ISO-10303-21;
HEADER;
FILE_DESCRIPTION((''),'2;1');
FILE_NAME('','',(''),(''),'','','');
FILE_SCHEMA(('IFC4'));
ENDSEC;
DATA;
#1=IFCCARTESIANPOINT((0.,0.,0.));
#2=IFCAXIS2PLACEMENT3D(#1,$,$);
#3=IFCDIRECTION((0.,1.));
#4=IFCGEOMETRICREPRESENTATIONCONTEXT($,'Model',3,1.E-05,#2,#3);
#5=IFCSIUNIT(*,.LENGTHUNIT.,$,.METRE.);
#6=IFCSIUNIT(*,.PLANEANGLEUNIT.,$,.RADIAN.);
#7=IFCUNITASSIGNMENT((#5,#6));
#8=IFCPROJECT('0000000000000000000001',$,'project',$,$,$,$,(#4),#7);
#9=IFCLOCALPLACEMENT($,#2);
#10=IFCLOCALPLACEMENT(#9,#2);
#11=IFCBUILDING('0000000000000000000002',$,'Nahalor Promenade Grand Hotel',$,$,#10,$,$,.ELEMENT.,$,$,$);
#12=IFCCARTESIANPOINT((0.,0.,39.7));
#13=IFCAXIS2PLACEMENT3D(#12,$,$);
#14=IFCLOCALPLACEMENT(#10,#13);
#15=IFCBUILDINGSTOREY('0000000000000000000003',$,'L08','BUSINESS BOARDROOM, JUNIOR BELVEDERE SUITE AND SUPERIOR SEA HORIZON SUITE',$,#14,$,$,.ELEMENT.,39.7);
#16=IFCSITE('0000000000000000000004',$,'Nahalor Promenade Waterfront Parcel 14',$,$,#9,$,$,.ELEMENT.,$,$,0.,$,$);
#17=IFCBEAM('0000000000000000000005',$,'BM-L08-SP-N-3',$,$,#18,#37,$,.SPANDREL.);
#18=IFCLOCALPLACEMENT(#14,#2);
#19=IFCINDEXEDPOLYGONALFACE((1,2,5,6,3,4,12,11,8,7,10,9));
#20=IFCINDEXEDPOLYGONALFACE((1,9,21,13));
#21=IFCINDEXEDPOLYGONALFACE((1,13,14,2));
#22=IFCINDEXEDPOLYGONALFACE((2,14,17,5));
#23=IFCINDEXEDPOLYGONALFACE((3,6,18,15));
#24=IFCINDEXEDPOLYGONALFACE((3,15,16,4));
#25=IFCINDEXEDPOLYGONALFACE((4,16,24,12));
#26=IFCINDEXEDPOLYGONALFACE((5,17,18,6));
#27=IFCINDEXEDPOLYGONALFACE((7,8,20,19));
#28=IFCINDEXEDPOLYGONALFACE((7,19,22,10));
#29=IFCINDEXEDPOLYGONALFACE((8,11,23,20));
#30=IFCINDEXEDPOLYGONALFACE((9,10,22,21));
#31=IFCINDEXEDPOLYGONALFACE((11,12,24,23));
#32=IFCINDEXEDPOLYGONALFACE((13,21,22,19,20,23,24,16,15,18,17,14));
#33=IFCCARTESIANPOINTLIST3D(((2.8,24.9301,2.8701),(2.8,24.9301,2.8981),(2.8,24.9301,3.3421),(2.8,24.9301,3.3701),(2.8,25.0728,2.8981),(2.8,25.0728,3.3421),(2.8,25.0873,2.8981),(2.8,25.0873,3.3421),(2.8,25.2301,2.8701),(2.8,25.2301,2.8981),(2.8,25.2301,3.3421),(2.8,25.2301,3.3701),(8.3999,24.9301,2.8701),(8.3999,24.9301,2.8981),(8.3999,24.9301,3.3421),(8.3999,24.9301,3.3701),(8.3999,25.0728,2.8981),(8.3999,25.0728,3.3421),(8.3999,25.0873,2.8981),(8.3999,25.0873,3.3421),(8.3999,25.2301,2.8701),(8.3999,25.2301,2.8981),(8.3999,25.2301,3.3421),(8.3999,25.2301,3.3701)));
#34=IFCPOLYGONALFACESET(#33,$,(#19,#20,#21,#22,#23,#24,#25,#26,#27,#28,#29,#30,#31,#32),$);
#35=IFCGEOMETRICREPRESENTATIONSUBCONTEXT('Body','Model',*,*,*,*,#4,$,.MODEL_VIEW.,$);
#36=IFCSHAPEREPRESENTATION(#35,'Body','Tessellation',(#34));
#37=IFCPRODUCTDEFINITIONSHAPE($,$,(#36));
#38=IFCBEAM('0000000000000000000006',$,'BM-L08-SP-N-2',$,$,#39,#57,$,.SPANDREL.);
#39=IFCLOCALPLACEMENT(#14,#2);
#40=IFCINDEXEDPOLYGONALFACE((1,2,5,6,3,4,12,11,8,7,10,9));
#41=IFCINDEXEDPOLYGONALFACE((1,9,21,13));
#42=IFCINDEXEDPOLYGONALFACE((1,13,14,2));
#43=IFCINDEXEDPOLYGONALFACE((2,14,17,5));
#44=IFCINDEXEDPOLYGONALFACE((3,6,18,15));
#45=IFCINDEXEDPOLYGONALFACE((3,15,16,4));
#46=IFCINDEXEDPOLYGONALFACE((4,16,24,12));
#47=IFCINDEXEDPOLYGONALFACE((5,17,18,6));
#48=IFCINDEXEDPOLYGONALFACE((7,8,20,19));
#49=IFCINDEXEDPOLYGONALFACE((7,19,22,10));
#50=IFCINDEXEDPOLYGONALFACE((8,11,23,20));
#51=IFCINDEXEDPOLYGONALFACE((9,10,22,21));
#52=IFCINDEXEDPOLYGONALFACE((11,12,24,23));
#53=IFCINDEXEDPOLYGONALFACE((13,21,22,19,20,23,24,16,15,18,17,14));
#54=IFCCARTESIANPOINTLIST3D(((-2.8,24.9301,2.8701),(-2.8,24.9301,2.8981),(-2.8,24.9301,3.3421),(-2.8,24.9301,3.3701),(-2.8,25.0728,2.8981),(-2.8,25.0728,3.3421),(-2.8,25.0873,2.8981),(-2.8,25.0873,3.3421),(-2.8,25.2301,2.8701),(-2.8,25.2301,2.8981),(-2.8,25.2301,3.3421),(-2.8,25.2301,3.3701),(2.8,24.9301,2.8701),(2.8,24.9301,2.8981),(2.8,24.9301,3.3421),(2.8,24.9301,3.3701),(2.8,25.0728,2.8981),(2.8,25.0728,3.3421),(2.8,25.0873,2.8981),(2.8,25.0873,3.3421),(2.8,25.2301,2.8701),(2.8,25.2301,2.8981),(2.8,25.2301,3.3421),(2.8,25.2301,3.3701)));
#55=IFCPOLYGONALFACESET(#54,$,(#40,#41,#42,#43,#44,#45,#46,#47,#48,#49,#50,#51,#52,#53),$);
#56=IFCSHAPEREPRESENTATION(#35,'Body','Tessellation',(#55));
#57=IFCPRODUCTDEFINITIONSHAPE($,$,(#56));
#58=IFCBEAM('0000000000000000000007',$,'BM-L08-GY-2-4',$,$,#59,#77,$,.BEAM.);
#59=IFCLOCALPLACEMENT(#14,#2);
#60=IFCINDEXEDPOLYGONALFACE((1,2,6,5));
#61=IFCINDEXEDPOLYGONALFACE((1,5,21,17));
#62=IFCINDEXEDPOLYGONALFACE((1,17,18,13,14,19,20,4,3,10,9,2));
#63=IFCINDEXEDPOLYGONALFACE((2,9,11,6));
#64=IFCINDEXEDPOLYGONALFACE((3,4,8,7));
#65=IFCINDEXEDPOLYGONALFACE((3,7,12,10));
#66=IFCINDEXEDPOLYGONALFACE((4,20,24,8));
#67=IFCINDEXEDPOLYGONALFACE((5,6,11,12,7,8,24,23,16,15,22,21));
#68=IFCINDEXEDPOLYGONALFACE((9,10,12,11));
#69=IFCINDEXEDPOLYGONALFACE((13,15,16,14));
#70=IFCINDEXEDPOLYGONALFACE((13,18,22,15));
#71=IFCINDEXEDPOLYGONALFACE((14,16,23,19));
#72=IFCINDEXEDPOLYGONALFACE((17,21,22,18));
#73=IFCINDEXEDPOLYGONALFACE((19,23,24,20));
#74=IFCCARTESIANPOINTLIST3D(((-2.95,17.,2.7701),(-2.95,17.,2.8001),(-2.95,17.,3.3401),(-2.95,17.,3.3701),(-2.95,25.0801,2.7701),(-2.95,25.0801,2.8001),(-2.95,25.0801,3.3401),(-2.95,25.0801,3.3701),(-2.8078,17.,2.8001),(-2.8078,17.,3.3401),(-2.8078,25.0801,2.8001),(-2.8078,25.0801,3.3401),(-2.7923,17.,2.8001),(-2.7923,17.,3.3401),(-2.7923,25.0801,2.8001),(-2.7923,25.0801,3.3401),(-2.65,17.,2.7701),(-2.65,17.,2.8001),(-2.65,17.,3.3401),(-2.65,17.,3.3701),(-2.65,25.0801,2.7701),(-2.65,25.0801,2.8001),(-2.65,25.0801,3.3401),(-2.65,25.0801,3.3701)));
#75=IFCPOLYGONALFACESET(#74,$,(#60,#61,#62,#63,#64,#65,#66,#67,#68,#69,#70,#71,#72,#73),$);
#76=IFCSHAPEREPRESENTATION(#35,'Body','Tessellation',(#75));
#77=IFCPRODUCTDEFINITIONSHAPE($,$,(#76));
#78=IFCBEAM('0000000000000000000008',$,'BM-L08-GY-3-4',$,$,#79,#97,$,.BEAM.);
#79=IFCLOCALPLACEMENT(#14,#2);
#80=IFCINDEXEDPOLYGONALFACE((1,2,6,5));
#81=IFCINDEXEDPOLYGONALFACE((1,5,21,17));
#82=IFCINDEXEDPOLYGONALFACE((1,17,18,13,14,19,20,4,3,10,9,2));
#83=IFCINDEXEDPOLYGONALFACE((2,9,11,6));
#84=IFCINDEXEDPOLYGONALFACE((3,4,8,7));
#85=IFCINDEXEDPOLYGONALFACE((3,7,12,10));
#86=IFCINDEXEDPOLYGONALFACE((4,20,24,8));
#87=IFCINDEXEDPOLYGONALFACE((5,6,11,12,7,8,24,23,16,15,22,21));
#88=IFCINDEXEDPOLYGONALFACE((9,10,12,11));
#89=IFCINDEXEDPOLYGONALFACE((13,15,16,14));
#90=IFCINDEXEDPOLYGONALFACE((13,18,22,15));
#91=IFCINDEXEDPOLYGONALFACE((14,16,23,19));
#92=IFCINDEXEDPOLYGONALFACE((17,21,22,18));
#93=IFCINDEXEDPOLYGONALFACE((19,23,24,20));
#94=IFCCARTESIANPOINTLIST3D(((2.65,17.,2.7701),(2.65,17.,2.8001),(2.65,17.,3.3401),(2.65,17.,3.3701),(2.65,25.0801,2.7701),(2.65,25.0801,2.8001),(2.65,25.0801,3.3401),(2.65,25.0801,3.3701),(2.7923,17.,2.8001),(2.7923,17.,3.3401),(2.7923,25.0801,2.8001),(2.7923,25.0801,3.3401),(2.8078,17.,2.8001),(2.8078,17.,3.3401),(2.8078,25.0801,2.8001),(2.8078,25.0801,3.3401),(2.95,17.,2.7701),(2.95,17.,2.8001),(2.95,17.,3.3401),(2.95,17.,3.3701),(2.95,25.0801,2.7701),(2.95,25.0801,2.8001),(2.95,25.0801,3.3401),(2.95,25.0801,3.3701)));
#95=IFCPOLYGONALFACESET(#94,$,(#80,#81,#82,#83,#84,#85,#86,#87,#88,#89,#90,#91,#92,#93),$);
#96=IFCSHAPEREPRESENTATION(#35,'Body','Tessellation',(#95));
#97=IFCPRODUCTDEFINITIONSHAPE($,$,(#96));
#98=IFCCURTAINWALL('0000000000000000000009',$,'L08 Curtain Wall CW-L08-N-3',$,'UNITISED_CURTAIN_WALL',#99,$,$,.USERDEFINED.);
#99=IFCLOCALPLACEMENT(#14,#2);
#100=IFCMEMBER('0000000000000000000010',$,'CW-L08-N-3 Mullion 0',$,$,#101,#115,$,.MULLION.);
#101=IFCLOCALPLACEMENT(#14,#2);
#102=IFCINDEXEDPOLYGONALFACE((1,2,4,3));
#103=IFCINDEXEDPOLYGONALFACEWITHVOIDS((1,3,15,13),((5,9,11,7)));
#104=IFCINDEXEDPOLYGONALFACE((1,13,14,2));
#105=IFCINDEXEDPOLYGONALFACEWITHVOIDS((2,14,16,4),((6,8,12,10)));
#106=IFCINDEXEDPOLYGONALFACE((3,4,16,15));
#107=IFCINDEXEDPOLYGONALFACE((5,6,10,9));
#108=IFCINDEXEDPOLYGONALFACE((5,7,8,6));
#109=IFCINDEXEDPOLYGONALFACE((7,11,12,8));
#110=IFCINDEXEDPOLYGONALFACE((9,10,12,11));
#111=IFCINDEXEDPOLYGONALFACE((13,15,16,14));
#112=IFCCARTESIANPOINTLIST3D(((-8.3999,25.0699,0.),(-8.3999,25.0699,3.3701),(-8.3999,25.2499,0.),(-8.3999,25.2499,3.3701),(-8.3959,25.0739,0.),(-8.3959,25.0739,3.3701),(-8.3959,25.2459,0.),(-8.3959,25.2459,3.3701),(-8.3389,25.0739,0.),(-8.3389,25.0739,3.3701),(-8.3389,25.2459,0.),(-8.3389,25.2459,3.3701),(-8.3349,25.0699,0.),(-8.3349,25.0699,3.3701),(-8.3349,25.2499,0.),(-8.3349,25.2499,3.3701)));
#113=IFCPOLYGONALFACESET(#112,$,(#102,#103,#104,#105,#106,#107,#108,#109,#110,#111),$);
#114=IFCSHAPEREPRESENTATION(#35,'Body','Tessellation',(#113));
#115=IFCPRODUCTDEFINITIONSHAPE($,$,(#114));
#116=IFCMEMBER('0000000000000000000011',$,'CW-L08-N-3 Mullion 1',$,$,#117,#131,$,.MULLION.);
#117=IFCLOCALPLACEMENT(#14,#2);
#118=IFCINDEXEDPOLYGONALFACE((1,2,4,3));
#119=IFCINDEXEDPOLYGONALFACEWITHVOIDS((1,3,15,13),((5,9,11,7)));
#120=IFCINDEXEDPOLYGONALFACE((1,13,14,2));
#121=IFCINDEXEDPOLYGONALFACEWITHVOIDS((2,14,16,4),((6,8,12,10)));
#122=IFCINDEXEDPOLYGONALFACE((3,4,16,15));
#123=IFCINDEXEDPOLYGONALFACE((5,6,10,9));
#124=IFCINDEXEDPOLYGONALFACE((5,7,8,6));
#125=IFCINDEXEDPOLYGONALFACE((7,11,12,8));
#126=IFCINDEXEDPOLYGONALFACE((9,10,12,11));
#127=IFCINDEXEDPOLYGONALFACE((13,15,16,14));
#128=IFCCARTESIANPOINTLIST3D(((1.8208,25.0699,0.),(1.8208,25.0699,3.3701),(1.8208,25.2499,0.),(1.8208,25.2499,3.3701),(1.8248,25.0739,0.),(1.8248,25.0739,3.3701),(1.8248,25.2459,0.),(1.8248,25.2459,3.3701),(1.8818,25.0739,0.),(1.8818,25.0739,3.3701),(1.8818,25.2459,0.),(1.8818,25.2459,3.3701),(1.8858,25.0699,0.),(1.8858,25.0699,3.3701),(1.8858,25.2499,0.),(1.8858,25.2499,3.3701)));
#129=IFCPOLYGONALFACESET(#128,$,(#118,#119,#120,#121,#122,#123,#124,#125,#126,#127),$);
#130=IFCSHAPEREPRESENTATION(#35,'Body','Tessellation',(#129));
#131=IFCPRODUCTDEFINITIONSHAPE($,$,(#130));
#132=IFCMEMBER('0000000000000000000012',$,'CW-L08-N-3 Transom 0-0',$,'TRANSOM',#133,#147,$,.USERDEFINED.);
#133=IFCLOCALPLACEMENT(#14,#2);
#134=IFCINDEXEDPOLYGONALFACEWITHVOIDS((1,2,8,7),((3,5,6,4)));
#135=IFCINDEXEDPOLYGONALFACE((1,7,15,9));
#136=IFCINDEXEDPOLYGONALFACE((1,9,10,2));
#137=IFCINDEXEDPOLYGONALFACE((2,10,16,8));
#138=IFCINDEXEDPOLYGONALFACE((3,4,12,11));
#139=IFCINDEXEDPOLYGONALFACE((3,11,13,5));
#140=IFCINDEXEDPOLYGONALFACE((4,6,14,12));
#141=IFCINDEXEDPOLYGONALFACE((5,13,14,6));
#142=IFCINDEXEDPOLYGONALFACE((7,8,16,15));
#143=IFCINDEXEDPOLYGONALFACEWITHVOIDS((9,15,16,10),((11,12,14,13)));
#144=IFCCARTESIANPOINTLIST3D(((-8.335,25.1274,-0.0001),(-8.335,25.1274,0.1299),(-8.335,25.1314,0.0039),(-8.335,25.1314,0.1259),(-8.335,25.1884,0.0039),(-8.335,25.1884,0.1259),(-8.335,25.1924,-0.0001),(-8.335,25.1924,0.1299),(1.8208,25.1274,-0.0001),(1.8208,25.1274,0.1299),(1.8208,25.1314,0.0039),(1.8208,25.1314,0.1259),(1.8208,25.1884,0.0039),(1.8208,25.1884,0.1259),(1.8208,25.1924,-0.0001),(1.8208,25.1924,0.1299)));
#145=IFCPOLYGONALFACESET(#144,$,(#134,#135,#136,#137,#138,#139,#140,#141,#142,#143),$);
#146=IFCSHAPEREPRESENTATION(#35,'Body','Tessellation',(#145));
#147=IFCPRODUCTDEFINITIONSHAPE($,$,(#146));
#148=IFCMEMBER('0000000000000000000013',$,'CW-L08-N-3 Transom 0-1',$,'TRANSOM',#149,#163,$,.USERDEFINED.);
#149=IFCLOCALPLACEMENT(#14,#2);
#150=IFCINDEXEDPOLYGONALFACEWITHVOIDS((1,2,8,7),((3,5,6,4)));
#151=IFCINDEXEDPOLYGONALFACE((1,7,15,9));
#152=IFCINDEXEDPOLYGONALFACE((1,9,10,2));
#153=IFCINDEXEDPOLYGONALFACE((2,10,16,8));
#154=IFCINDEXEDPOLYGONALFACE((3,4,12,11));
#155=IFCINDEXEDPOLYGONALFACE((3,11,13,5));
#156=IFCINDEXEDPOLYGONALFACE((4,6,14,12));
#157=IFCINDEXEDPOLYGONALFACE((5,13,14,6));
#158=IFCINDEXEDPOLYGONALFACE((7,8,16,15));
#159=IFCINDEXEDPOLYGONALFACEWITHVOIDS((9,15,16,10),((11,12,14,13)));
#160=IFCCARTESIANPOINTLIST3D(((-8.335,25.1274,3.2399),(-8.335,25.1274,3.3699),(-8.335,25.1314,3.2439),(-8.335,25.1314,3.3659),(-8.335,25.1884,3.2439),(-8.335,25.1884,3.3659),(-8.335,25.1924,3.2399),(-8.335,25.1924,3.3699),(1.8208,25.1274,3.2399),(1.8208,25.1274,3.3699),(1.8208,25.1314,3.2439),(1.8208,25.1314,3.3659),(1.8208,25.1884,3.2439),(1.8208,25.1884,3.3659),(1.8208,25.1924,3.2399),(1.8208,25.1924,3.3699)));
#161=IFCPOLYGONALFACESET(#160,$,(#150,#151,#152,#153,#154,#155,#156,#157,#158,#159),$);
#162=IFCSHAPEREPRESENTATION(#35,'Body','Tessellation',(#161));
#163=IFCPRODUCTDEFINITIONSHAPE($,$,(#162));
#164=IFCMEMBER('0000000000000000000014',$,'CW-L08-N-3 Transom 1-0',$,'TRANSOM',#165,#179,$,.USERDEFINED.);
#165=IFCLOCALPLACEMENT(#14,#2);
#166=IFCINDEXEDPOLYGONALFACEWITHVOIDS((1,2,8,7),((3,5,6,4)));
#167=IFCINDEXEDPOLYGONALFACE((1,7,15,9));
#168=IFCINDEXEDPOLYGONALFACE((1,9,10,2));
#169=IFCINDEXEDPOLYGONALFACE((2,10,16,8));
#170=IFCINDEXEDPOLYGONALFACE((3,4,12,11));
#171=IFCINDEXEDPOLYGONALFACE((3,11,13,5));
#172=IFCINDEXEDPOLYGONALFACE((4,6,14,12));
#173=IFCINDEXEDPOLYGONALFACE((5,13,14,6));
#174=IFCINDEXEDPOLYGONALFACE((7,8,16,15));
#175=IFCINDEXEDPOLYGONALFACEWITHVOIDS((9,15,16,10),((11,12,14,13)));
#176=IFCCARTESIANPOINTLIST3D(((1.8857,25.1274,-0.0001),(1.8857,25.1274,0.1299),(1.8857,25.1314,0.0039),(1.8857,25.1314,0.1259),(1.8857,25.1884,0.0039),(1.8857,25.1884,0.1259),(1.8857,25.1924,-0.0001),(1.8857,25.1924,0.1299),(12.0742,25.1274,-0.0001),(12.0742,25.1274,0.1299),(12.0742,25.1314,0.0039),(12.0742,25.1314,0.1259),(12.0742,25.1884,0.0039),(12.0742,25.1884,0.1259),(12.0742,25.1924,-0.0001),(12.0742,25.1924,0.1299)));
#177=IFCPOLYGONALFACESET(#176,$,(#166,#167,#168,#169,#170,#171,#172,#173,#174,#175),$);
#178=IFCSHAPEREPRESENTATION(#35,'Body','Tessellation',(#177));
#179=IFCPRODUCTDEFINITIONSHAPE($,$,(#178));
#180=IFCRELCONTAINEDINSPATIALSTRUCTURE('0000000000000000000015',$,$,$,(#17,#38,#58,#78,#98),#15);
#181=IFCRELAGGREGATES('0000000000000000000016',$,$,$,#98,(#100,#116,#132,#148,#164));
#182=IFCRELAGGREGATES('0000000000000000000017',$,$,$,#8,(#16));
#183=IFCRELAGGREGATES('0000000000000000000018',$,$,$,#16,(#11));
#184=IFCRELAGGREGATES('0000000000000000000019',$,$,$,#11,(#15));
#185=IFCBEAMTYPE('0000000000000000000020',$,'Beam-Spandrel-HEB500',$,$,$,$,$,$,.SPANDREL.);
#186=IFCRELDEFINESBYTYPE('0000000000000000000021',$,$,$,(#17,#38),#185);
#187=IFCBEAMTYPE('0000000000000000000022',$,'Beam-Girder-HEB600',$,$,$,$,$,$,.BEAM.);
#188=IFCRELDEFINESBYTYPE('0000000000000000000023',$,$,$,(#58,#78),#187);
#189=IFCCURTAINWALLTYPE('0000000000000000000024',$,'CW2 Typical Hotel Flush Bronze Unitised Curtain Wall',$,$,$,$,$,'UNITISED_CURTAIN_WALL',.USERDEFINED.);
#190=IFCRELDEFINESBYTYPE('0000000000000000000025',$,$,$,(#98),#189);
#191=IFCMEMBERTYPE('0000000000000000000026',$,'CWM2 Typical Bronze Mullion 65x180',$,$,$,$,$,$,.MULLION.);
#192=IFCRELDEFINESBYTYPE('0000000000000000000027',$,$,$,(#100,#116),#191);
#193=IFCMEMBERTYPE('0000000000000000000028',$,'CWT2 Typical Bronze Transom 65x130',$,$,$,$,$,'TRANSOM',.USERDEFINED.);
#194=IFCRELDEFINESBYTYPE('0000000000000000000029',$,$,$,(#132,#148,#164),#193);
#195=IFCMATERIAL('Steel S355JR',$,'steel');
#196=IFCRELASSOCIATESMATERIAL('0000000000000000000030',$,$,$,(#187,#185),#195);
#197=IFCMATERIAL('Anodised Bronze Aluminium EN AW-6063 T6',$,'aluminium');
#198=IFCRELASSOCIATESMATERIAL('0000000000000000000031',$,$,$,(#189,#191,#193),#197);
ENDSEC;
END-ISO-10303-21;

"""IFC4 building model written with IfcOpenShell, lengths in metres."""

from ifc_helpers import new_model, si_unit, direction, frame, origin, origin_2d, place, context, subcontext, project, spatial, hollow_rectangle, i_section, extrude, source, transform, mapped, material, material_profile, profile_set, type_object, element, aggregate, save


model = new_model("IFC4")

# Units and contexts
model_context = context("Model", 3, precision=1e-05, world=origin(), true_north=direction((0.0, 1.0)))
body_context = subcontext(model_context, "Body", "Model", "MODEL_VIEW")
ifc_project = project(units=[si_unit("LENGTHUNIT", "METRE"), si_unit("PLANEANGLEUNIT", "RADIAN")], contexts=[model_context])

# Site, building, storey
site_placement = place(None, origin())
site = spatial("IfcSite", under=ifc_project, at=site_placement, Name="Nahalor Promenade Waterfront Parcel 14", CompositionType="ELEMENT", RefElevation=0.0)
building_placement = place(site_placement, origin())
building = spatial("IfcBuilding", under=site, at=building_placement, Name="Nahalor Promenade Grand Hotel", CompositionType="ELEMENT")
storey_placement = place(building_placement, frame((0.0, 0.0, 39.7)))
storey = spatial("IfcBuildingStorey", under=building, at=storey_placement, Name="L08", Description="BUSINESS BOARDROOM, JUNIOR BELVEDERE SUITE AND SUPERIOR SEA HORIZON SUITE", CompositionType="ELEMENT", Elevation=39.7)

# Beams
ifc_material_1 = material(Name="Steel S355JR", Category="steel")
ifc_material_profile_1 = material_profile(ifc_material_1, i_section(OverallWidth=0.3, OverallDepth=0.6, WebThickness=0.0155, FlangeThickness=0.03, at=origin_2d()), Name="HEB 600")
ifc_profile_set_1 = profile_set([ifc_material_profile_1], Name="Steel S355JR")
beam_type_1 = type_object("IfcBeamType", Name="Beam-Girder-HEB600", PredefinedType="BEAM", material=ifc_profile_set_1)
ifc_material_profile_2 = material_profile(ifc_material_1, i_section(OverallWidth=0.3, OverallDepth=0.5, WebThickness=0.0145, FlangeThickness=0.028, at=origin_2d()), Name="HEB 500")
ifc_profile_set_2 = profile_set([ifc_material_profile_2], Name="Steel S355JR")
beam_type_2 = type_object("IfcBeamType", Name="Beam-Spandrel-HEB500", PredefinedType="SPANDREL", material=ifc_profile_set_2)
shared_shape_1 = source(origin(), body_context, "Body", "SweptSolid", [
    extrude(i_section(OverallWidth=0.3, OverallDepth=0.5, WebThickness=0.0145, FlangeThickness=0.028, at=origin_2d()), origin(), (0.0, 0.0, 1.0), 5.5999),
])
for number, where, z_axis, x_axis, name in (
    (1, (2.8, 25.0801, 3.1201), (1.0, 0.0, 0.0), (0.0, 1.0, 0.0), "BM-L08-SP-N-3"),
):
    element("IfcBeam", number, at=place(storey_placement, frame(where, z_axis=z_axis, x_axis=x_axis)), inside=storey, type_object=beam_type_2, Name=name, PredefinedType="SPANDREL", context=body_context, shape_type="MappedRepresentation", body=[
        mapped(shared_shape_1, transform((0.0, 0.0, 0.0), scale=1.0)),
    ])
shared_shape_2 = source(origin(), body_context, "Body", "SweptSolid", [
    extrude(i_section(OverallWidth=0.3, OverallDepth=0.5, WebThickness=0.0145, FlangeThickness=0.028, at=origin_2d()), origin(), (0.0, 0.0, 1.0), 5.6001),
])
beam_1_placement = place(storey_placement, frame((-2.8, 25.0801, 3.1201), z_axis=(1.0, 0.0, 0.0), x_axis=(0.0, 1.0, 0.0)))
element("IfcBeam", 2, at=beam_1_placement, inside=storey, type_object=beam_type_2, Name="BM-L08-SP-N-2", PredefinedType="SPANDREL", context=body_context, shape_type="MappedRepresentation", body=[
    mapped(shared_shape_2, transform((0.0, 0.0, 0.0), scale=1.0)),
])
shared_shape_3 = source(origin(), body_context, "Body", "SweptSolid", [
    extrude(i_section(OverallWidth=0.3, OverallDepth=0.6, WebThickness=0.0155, FlangeThickness=0.03, at=origin_2d()), origin(), (0.0, 0.0, 1.0), 8.0801),
])
for number, where, z_axis, x_axis, name in (
    (3, (-2.8, 17.0, 3.0701), (0.0, 1.0, 0.0), (-1.0, 0.0, 0.0), "BM-L08-GY-2-4"),
    (4, (2.8, 17.0, 3.0701), (0.0, 1.0, 0.0), (-1.0, 0.0, 0.0), "BM-L08-GY-3-4"),
):
    element("IfcBeam", number, at=place(storey_placement, frame(where, z_axis=z_axis, x_axis=x_axis)), inside=storey, type_object=beam_type_1, Name=name, PredefinedType="BEAM", context=body_context, shape_type="MappedRepresentation", body=[
        mapped(shared_shape_3, transform((0.0, 0.0, 0.0), scale=1.0)),
    ])

# Curtain wall, members
ifc_material_2 = material(Name="Anodised Bronze Aluminium EN AW-6063 T6", Category="aluminium")
curtain_wall_type = type_object("IfcCurtainWallType", Name="CW2 Typical Hotel Flush Bronze Unitised Curtain Wall", ElementType="UNITISED_CURTAIN_WALL", PredefinedType="USERDEFINED", material=ifc_material_2)
curtain_wall_placement = place(storey_placement, origin())
curtain_wall = element("IfcCurtainWall", 5, at=curtain_wall_placement, inside=storey, type_object=curtain_wall_type, Name="L08 Curtain Wall CW-L08-N-3", ObjectType="UNITISED_CURTAIN_WALL", PredefinedType="USERDEFINED")
ifc_material_profile_3 = material_profile(ifc_material_2, hollow_rectangle(XDim=0.065, YDim=0.18, WallThickness=0.004, at=origin_2d()), Name="CWM 65x180x4")
ifc_profile_set_3 = profile_set([ifc_material_profile_3], Name="Anodised Bronze Aluminium EN AW-6063 T6")
member_type_1 = type_object("IfcMemberType", Name="CWM2 Typical Bronze Mullion 65x180", PredefinedType="MULLION", material=ifc_profile_set_3)
shared_shape_4 = source(origin(), body_context, "Body", "SweptSolid", [
    extrude(hollow_rectangle(XDim=0.065, YDim=0.18, WallThickness=0.004, at=origin_2d()), origin(), (0.0, 0.0, 1.0), 3.3701),
])
member_1_placement = place(storey_placement, frame((-8.3674, 25.1599, 0.0), z_axis=(0.0, 0.0, 1.0), x_axis=(1.0, 0.0, 0.0)))
member_1 = element("IfcMember", 6, at=member_1_placement, type_object=member_type_1, Name="CW-L08-N-3 Mullion 0", PredefinedType="MULLION", context=body_context, shape_type="MappedRepresentation", body=[
    mapped(shared_shape_4, transform((0.0, 0.0, 0.0), scale=1.0)),
])
member_2_placement = place(storey_placement, frame((1.8533, 25.1599, 0.0), z_axis=(0.0, 0.0, 1.0), x_axis=(1.0, 0.0, 0.0)))
member_2 = element("IfcMember", 7, at=member_2_placement, type_object=member_type_1, Name="CW-L08-N-3 Mullion 1", PredefinedType="MULLION", context=body_context, shape_type="MappedRepresentation", body=[
    mapped(shared_shape_4, transform((0.0, 0.0, 0.0), scale=1.0)),
])
ifc_material_profile_4 = material_profile(ifc_material_2, hollow_rectangle(XDim=0.065, YDim=0.13, WallThickness=0.004, at=origin_2d()), Name="CWT 65x130x4")
ifc_profile_set_4 = profile_set([ifc_material_profile_4], Name="Anodised Bronze Aluminium EN AW-6063 T6")
member_type_2 = type_object("IfcMemberType", Name="CWT2 Typical Bronze Transom 65x130", ElementType="TRANSOM", PredefinedType="USERDEFINED", material=ifc_profile_set_4)
shared_shape_5 = source(origin(), body_context, "Body", "SweptSolid", [
    extrude(hollow_rectangle(XDim=0.065, YDim=0.13, WallThickness=0.004, at=origin_2d()), origin(), (0.0, 0.0, 1.0), 10.1558),
])
member_3_placement = place(storey_placement, frame((-8.335, 25.1599, 0.0649), z_axis=(1.0, 0.0, 0.0), x_axis=(0.0, 1.0, 0.0)))
member_3 = element("IfcMember", 8, at=member_3_placement, type_object=member_type_2, Name="CW-L08-N-3 Transom 0-0", ObjectType="TRANSOM", PredefinedType="USERDEFINED", context=body_context, shape_type="MappedRepresentation", body=[
    mapped(shared_shape_5, transform((0.0, 0.0, 0.0), scale=1.0)),
])
member_4_placement = place(storey_placement, frame((-8.335, 25.1599, 3.3049), z_axis=(1.0, 0.0, 0.0), x_axis=(0.0, 1.0, 0.0)))
member_4 = element("IfcMember", 9, at=member_4_placement, type_object=member_type_2, Name="CW-L08-N-3 Transom 0-1", ObjectType="TRANSOM", PredefinedType="USERDEFINED", context=body_context, shape_type="MappedRepresentation", body=[
    mapped(shared_shape_5, transform((0.0, 0.0, 0.0), scale=1.0)),
])
shared_shape_6 = source(origin(), body_context, "Body", "SweptSolid", [
    extrude(hollow_rectangle(XDim=0.065, YDim=0.13, WallThickness=0.004, at=origin_2d()), origin(), (0.0, 0.0, 1.0), 10.1885),
])
member_5_placement = place(storey_placement, frame((1.8857, 25.1599, 0.0649), z_axis=(1.0, 0.0, 0.0), x_axis=(0.0, 1.0, 0.0)))
member_5 = element("IfcMember", 10, at=member_5_placement, type_object=member_type_2, Name="CW-L08-N-3 Transom 1-0", ObjectType="TRANSOM", PredefinedType="USERDEFINED", context=body_context, shape_type="MappedRepresentation", body=[
    mapped(shared_shape_6, transform((0.0, 0.0, 0.0), scale=1.0)),
])
aggregate(curtain_wall, [member_1, member_2, member_3, member_4, member_5])

save(model, "model.ifc")
